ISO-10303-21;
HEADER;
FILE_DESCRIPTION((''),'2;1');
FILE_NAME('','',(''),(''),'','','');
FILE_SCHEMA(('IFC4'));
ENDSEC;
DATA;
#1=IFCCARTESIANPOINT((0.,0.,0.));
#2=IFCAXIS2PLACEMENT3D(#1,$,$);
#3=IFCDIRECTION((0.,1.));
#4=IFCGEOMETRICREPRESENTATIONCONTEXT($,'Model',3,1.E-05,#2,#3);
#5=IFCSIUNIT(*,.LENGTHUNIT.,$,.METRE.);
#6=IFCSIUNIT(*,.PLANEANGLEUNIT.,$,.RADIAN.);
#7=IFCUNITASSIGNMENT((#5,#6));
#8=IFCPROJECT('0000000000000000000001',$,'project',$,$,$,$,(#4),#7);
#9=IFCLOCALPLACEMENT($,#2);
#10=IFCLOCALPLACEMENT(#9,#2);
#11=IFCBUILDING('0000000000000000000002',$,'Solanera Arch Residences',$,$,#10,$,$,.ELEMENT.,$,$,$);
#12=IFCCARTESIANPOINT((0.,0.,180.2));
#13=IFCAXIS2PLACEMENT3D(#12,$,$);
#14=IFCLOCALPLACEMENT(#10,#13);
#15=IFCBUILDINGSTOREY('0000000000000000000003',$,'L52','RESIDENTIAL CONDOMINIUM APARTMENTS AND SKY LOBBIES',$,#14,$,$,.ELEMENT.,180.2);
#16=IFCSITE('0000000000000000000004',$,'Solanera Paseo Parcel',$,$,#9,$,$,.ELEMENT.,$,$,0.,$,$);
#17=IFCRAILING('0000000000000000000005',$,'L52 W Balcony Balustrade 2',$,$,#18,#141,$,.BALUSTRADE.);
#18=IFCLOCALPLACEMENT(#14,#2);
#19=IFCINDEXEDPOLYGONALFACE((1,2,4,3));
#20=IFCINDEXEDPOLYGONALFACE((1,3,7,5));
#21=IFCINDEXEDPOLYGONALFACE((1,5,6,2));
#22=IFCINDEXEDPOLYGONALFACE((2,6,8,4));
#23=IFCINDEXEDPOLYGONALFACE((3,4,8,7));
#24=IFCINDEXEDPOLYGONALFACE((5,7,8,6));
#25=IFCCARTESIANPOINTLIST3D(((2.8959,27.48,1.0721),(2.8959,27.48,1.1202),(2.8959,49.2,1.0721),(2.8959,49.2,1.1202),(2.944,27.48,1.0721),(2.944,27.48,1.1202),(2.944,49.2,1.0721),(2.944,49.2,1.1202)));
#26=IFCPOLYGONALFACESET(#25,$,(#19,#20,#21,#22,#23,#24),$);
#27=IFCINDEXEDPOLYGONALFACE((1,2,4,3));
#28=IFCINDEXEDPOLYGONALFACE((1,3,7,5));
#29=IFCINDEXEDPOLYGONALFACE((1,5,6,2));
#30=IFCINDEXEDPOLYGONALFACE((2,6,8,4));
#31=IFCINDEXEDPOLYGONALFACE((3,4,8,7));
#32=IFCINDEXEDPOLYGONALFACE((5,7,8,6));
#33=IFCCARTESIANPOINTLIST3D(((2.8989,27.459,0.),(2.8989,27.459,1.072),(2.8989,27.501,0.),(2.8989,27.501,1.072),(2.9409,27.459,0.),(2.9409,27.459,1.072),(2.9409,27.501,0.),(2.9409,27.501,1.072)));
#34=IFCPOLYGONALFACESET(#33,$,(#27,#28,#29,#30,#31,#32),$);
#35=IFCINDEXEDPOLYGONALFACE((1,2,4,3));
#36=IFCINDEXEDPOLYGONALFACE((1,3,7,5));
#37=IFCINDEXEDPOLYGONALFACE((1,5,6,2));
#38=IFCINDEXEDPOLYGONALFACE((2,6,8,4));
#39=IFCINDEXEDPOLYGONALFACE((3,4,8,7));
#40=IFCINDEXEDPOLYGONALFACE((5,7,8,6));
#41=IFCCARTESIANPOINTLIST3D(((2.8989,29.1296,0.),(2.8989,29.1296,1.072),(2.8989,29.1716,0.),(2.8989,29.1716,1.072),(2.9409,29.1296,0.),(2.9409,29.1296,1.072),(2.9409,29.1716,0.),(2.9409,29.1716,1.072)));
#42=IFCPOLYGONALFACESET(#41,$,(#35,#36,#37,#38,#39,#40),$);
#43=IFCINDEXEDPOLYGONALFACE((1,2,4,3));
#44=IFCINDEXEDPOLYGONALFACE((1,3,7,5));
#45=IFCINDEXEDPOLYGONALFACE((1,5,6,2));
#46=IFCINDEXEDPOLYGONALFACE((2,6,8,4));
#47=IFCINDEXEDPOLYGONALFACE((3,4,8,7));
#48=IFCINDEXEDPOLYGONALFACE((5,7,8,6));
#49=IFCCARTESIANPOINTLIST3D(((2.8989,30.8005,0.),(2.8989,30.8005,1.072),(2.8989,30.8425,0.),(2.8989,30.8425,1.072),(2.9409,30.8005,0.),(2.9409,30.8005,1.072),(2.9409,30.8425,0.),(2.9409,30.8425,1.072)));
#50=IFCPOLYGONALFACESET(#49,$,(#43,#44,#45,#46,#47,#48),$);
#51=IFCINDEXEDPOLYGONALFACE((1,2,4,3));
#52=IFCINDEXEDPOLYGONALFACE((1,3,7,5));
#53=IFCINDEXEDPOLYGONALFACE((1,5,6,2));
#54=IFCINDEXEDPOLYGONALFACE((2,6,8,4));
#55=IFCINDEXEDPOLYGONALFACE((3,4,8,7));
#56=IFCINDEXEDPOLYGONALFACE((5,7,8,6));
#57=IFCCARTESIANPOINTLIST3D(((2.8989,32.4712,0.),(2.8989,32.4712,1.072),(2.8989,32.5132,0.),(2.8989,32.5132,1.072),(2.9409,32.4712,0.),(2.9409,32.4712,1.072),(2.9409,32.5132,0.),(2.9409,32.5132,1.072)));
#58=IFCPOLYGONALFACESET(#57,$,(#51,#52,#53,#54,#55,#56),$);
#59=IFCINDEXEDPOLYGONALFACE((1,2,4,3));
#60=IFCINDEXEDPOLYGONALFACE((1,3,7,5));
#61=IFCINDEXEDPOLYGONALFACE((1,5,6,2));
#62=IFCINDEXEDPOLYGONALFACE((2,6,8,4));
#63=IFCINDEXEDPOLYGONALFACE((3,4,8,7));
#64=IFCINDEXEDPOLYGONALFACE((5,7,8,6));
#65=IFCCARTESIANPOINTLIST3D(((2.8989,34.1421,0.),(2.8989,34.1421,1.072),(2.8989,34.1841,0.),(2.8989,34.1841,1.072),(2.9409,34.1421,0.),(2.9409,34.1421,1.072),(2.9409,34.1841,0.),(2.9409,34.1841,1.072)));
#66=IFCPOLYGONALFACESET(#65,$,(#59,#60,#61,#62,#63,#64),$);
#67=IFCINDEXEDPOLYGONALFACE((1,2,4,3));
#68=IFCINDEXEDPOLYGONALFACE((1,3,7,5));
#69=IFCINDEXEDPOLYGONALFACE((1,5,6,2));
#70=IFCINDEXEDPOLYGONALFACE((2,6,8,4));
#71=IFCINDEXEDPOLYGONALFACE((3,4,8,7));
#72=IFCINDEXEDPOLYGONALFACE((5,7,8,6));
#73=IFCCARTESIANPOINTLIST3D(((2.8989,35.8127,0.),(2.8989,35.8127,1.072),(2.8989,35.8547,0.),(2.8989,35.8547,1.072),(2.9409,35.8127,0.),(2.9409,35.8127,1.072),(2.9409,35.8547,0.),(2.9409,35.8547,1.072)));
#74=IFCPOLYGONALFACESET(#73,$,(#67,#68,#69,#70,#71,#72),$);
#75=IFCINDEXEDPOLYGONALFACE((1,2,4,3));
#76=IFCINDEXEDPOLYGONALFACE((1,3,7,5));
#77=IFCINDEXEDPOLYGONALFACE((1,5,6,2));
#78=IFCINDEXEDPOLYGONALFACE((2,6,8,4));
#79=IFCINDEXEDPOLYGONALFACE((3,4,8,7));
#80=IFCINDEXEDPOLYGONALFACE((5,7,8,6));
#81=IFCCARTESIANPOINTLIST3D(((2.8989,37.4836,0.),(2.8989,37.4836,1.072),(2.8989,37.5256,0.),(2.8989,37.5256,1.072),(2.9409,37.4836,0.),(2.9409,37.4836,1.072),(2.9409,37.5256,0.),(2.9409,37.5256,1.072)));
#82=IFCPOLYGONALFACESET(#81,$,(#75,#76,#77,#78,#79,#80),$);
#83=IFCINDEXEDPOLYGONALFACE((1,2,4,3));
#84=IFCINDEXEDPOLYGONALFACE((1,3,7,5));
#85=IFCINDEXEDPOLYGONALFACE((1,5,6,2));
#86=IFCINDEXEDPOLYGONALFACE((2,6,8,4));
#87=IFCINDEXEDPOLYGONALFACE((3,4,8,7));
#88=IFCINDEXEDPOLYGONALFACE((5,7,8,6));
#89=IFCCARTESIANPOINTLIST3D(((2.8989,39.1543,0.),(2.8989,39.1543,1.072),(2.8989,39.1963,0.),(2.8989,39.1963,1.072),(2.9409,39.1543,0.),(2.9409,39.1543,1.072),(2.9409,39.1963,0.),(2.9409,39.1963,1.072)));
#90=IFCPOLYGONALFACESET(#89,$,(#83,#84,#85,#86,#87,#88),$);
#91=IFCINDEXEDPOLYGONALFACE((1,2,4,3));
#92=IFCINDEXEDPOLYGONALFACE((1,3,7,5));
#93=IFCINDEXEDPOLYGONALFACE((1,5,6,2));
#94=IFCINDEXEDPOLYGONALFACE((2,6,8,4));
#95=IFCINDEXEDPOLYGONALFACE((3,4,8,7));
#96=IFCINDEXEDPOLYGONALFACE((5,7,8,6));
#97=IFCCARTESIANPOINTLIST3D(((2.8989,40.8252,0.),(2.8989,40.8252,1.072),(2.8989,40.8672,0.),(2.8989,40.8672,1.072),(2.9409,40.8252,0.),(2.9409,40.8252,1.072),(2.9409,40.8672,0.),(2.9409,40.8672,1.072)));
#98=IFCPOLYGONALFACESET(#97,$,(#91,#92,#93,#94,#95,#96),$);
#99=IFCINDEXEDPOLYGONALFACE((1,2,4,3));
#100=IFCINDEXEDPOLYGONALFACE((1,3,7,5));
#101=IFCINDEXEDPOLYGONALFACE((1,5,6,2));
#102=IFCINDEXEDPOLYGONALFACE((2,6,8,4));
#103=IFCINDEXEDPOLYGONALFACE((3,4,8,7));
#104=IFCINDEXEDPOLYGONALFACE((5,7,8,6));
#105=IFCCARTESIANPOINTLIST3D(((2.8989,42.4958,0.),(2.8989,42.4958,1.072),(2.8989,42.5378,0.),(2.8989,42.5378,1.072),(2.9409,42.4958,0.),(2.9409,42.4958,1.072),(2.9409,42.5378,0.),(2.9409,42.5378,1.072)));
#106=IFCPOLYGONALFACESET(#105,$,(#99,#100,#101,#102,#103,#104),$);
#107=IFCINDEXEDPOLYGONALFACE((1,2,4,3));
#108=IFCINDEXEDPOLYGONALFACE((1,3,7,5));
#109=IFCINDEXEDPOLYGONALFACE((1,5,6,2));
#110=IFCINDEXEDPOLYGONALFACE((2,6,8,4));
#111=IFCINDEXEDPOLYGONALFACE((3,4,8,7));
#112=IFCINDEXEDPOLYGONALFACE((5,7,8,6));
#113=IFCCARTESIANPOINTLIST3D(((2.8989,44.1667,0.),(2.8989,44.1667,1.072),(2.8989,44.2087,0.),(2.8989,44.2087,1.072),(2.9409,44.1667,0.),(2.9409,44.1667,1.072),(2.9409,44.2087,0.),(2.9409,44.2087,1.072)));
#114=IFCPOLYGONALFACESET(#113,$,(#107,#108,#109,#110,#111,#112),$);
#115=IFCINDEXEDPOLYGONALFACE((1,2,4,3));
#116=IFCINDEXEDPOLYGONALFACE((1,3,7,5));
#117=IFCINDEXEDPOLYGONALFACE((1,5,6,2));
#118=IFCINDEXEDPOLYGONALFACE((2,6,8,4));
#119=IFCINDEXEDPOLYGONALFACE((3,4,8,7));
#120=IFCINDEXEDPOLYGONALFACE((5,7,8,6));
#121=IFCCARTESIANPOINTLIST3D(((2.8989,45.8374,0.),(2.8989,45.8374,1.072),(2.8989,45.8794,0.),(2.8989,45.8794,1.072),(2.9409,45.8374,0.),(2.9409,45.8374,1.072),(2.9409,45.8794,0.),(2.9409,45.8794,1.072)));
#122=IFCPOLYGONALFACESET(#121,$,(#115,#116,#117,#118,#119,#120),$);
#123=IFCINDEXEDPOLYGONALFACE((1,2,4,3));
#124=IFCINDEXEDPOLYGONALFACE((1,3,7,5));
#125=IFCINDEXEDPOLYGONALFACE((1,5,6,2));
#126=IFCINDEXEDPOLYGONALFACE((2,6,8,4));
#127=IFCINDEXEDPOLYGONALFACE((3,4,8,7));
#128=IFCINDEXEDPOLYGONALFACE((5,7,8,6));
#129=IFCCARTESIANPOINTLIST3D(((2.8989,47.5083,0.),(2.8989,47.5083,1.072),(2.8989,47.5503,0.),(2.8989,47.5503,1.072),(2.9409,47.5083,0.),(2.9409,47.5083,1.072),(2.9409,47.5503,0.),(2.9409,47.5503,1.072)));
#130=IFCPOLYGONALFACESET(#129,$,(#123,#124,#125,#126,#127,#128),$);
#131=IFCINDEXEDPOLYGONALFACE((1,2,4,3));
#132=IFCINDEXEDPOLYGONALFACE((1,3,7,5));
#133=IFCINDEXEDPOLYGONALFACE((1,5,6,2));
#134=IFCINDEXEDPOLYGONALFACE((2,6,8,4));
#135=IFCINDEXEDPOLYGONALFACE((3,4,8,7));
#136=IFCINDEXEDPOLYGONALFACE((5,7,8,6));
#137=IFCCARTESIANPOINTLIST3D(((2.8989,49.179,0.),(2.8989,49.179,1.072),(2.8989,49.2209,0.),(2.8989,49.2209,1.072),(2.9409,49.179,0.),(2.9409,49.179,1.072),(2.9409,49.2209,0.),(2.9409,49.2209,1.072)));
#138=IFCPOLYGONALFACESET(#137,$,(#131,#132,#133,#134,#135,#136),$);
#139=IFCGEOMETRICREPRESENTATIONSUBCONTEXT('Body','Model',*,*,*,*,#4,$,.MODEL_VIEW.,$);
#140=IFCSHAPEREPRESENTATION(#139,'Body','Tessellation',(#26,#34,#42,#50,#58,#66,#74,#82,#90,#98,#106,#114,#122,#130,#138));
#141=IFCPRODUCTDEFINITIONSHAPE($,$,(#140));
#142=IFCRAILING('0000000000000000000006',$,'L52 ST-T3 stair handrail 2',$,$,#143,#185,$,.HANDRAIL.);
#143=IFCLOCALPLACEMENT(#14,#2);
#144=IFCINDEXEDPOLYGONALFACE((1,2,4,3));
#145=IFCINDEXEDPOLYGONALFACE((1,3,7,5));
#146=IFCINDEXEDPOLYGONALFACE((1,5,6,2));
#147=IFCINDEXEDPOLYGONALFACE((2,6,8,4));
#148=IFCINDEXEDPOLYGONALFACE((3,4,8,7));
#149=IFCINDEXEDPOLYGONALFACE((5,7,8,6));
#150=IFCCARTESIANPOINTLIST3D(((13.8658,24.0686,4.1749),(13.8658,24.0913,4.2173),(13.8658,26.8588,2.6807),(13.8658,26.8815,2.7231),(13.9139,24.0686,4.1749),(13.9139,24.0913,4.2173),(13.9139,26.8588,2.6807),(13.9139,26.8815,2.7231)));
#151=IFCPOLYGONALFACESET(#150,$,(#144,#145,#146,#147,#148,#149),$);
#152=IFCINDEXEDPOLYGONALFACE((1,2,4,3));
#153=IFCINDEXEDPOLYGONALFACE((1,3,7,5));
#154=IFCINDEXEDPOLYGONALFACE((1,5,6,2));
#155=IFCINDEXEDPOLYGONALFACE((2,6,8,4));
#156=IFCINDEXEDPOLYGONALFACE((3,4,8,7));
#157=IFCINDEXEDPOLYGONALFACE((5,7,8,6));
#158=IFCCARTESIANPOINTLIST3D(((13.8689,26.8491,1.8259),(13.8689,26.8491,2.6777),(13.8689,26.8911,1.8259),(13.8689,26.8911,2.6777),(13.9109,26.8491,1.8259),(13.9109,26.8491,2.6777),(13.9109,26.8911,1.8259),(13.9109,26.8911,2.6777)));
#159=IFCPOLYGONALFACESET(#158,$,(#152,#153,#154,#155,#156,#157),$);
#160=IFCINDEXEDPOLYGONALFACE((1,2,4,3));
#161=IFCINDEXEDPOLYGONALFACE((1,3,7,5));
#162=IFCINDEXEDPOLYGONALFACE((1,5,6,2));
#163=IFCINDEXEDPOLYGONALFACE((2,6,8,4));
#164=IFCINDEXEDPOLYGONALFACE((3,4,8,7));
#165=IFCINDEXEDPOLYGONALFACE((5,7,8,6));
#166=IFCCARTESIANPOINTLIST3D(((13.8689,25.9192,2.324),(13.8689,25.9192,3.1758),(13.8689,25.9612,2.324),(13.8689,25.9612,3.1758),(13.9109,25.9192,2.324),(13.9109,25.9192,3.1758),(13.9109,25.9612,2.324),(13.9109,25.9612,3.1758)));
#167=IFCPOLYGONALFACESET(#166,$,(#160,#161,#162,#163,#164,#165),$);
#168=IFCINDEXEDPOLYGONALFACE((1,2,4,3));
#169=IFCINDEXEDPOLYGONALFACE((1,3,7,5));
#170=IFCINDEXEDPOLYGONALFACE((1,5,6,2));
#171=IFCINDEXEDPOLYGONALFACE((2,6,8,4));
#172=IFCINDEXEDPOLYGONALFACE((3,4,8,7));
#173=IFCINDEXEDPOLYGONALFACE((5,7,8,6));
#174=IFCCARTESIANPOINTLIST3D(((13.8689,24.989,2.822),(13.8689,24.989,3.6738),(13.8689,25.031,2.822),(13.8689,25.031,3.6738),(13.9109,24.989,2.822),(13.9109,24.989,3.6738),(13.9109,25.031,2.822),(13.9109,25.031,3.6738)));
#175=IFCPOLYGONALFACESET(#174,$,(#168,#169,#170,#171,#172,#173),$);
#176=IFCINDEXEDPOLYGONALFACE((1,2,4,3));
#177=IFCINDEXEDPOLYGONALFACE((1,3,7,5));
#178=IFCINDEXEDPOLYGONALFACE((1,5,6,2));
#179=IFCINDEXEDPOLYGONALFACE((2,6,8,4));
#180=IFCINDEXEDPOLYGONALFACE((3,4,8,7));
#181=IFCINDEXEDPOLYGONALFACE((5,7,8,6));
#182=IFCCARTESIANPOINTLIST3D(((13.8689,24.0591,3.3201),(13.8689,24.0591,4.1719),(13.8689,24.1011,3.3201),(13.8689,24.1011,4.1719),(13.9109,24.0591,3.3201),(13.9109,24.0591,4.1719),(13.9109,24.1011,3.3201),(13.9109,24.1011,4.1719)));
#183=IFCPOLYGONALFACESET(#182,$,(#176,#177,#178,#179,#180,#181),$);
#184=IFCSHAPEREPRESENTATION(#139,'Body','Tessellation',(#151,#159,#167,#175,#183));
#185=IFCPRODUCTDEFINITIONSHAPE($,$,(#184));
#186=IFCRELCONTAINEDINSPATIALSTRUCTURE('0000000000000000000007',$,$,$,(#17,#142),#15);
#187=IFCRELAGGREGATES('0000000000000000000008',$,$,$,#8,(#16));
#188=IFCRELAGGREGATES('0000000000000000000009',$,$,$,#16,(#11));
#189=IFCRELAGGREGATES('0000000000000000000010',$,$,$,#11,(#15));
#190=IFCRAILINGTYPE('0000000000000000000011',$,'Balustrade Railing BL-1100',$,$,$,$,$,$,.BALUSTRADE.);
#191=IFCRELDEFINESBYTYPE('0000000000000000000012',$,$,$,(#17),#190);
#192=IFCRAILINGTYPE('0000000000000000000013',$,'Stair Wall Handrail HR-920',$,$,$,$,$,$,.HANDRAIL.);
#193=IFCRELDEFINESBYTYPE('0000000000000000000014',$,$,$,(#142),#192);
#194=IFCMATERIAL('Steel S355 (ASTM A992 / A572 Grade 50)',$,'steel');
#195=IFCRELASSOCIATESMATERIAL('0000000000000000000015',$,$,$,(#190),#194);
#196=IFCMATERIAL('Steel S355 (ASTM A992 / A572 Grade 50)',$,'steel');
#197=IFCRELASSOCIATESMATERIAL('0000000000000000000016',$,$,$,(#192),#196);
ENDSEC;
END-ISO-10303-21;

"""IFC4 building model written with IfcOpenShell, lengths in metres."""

from ifc_helpers import new_model, si_unit, direction, frame, origin, origin_2d, place, context, subcontext, project, spatial, rectangle, extrude, material, type_object, element, save


model = new_model("IFC4")

# Units and contexts
model_context = context("Model", 3, precision=1e-05, world=origin(), true_north=direction((0.0, 1.0)))
body_context = subcontext(model_context, "Body", "Model", "MODEL_VIEW")
ifc_project = project(units=[si_unit("LENGTHUNIT", "METRE"), si_unit("PLANEANGLEUNIT", "RADIAN")], contexts=[model_context])

# Site, building, storey
site_placement = place(None, origin())
site = spatial("IfcSite", under=ifc_project, at=site_placement, Name="Solanera Paseo Parcel", CompositionType="ELEMENT", RefElevation=0.0)
building_placement = place(site_placement, origin())
building = spatial("IfcBuilding", under=site, at=building_placement, Name="Solanera Arch Residences", CompositionType="ELEMENT")
storey_placement = place(building_placement, frame((0.0, 0.0, 180.2)))
storey = spatial("IfcBuildingStorey", under=building, at=storey_placement, Name="L52", Description="RESIDENTIAL CONDOMINIUM APARTMENTS AND SKY LOBBIES", CompositionType="ELEMENT", Elevation=180.2)

# Railings
ifc_material_1 = material(Name="Steel S355 (ASTM A992 / A572 Grade 50)", Category="steel")
railing_type_1 = type_object("IfcRailingType", Name="Balustrade Railing BL-1100", PredefinedType="BALUSTRADE", material=ifc_material_1)
railing_1_placement = place(storey_placement, frame((2.9199, 27.48, 0.0)))
element("IfcRailing", 1, at=railing_1_placement, inside=storey, type_object=railing_type_1, Name="L52 W Balcony Balustrade 2", PredefinedType="BALUSTRADE", context=body_context, shape_type="SweptSolid", body=[
    extrude(rectangle(XDim=0.0481, YDim=0.0481, at=origin_2d()), frame((0.0, 0.0, 1.0962), z_axis=(0.0, 1.0, 0.0), x_axis=(-1.0, 0.0, 0.0)), (0.0, 0.0, 1.0), 21.72),
    extrude(rectangle(XDim=0.042, YDim=0.042, at=origin_2d()), origin(), (0.0, 0.0, 1.0), 1.072),
    extrude(rectangle(XDim=0.042, YDim=0.042, at=origin_2d()), frame((0.0, 1.6707, 0.0)), (0.0, 0.0, 1.0), 1.072),
    extrude(rectangle(XDim=0.042, YDim=0.042, at=origin_2d()), frame((0.0, 3.3416, 0.0)), (0.0, 0.0, 1.0), 1.072),
    extrude(rectangle(XDim=0.042, YDim=0.042, at=origin_2d()), frame((0.0, 5.0122, 0.0)), (0.0, 0.0, 1.0), 1.072),
    extrude(rectangle(XDim=0.042, YDim=0.042, at=origin_2d()), frame((0.0, 6.6831, 0.0)), (0.0, 0.0, 1.0), 1.072),
    extrude(rectangle(XDim=0.042, YDim=0.042, at=origin_2d()), frame((0.0, 8.3538, 0.0)), (0.0, 0.0, 1.0), 1.072),
    extrude(rectangle(XDim=0.042, YDim=0.042, at=origin_2d()), frame((0.0, 10.0247, 0.0)), (0.0, 0.0, 1.0), 1.072),
    extrude(rectangle(XDim=0.042, YDim=0.042, at=origin_2d()), frame((0.0, 11.6953, 0.0)), (0.0, 0.0, 1.0), 1.072),
    extrude(rectangle(XDim=0.042, YDim=0.042, at=origin_2d()), frame((0.0, 13.3662, 0.0)), (0.0, 0.0, 1.0), 1.072),
    extrude(rectangle(XDim=0.042, YDim=0.042, at=origin_2d()), frame((0.0, 15.0369, 0.0)), (0.0, 0.0, 1.0), 1.072),
    extrude(rectangle(XDim=0.042, YDim=0.042, at=origin_2d()), frame((0.0, 16.7078, 0.0)), (0.0, 0.0, 1.0), 1.072),
    extrude(rectangle(XDim=0.042, YDim=0.042, at=origin_2d()), frame((0.0, 18.3784, 0.0)), (0.0, 0.0, 1.0), 1.072),
    extrude(rectangle(XDim=0.042, YDim=0.042, at=origin_2d()), frame((0.0, 20.0493, 0.0)), (0.0, 0.0, 1.0), 1.072),
    extrude(rectangle(XDim=0.042, YDim=0.042, at=origin_2d()), frame((0.0, 21.72, 0.0)), (0.0, 0.0, 1.0), 1.072),
])
ifc_material_2 = material(Name="Steel S355 (ASTM A992 / A572 Grade 50)", Category="steel")
railing_type_2 = type_object("IfcRailingType", Name="Stair Wall Handrail HR-920", PredefinedType="HANDRAIL", material=ifc_material_2)
railing_2_placement = place(storey_placement, frame((13.8899, 26.8701, 1.8259)))
element("IfcRailing", 2, at=railing_2_placement, inside=storey, type_object=railing_type_2, Name="L52 ST-T3 stair handrail 2", PredefinedType="HANDRAIL", context=body_context, shape_type="SweptSolid", body=[
    extrude(rectangle(XDim=0.0481, YDim=0.0481, at=origin_2d()), frame((0.0, 0.0, 0.876), z_axis=(0.0, -0.881549, 0.472093), x_axis=(1.0, 0.0, 0.0)), (0.0, 0.0, 1.0), 3.165),
    extrude(rectangle(XDim=0.042, YDim=0.042, at=origin_2d()), origin(), (0.0, 0.0, 1.0), 0.8518),
    extrude(rectangle(XDim=0.042, YDim=0.042, at=origin_2d()), frame((0.0, -0.9299, 0.498)), (0.0, 0.0, 1.0), 0.8518),
    extrude(rectangle(XDim=0.042, YDim=0.042, at=origin_2d()), frame((0.0, -1.8601, 0.9961)), (0.0, 0.0, 1.0), 0.8518),
    extrude(rectangle(XDim=0.042, YDim=0.042, at=origin_2d()), frame((0.0, -2.79, 1.4941)), (0.0, 0.0, 1.0), 0.8518),
])

save(model, "model.ifc")
